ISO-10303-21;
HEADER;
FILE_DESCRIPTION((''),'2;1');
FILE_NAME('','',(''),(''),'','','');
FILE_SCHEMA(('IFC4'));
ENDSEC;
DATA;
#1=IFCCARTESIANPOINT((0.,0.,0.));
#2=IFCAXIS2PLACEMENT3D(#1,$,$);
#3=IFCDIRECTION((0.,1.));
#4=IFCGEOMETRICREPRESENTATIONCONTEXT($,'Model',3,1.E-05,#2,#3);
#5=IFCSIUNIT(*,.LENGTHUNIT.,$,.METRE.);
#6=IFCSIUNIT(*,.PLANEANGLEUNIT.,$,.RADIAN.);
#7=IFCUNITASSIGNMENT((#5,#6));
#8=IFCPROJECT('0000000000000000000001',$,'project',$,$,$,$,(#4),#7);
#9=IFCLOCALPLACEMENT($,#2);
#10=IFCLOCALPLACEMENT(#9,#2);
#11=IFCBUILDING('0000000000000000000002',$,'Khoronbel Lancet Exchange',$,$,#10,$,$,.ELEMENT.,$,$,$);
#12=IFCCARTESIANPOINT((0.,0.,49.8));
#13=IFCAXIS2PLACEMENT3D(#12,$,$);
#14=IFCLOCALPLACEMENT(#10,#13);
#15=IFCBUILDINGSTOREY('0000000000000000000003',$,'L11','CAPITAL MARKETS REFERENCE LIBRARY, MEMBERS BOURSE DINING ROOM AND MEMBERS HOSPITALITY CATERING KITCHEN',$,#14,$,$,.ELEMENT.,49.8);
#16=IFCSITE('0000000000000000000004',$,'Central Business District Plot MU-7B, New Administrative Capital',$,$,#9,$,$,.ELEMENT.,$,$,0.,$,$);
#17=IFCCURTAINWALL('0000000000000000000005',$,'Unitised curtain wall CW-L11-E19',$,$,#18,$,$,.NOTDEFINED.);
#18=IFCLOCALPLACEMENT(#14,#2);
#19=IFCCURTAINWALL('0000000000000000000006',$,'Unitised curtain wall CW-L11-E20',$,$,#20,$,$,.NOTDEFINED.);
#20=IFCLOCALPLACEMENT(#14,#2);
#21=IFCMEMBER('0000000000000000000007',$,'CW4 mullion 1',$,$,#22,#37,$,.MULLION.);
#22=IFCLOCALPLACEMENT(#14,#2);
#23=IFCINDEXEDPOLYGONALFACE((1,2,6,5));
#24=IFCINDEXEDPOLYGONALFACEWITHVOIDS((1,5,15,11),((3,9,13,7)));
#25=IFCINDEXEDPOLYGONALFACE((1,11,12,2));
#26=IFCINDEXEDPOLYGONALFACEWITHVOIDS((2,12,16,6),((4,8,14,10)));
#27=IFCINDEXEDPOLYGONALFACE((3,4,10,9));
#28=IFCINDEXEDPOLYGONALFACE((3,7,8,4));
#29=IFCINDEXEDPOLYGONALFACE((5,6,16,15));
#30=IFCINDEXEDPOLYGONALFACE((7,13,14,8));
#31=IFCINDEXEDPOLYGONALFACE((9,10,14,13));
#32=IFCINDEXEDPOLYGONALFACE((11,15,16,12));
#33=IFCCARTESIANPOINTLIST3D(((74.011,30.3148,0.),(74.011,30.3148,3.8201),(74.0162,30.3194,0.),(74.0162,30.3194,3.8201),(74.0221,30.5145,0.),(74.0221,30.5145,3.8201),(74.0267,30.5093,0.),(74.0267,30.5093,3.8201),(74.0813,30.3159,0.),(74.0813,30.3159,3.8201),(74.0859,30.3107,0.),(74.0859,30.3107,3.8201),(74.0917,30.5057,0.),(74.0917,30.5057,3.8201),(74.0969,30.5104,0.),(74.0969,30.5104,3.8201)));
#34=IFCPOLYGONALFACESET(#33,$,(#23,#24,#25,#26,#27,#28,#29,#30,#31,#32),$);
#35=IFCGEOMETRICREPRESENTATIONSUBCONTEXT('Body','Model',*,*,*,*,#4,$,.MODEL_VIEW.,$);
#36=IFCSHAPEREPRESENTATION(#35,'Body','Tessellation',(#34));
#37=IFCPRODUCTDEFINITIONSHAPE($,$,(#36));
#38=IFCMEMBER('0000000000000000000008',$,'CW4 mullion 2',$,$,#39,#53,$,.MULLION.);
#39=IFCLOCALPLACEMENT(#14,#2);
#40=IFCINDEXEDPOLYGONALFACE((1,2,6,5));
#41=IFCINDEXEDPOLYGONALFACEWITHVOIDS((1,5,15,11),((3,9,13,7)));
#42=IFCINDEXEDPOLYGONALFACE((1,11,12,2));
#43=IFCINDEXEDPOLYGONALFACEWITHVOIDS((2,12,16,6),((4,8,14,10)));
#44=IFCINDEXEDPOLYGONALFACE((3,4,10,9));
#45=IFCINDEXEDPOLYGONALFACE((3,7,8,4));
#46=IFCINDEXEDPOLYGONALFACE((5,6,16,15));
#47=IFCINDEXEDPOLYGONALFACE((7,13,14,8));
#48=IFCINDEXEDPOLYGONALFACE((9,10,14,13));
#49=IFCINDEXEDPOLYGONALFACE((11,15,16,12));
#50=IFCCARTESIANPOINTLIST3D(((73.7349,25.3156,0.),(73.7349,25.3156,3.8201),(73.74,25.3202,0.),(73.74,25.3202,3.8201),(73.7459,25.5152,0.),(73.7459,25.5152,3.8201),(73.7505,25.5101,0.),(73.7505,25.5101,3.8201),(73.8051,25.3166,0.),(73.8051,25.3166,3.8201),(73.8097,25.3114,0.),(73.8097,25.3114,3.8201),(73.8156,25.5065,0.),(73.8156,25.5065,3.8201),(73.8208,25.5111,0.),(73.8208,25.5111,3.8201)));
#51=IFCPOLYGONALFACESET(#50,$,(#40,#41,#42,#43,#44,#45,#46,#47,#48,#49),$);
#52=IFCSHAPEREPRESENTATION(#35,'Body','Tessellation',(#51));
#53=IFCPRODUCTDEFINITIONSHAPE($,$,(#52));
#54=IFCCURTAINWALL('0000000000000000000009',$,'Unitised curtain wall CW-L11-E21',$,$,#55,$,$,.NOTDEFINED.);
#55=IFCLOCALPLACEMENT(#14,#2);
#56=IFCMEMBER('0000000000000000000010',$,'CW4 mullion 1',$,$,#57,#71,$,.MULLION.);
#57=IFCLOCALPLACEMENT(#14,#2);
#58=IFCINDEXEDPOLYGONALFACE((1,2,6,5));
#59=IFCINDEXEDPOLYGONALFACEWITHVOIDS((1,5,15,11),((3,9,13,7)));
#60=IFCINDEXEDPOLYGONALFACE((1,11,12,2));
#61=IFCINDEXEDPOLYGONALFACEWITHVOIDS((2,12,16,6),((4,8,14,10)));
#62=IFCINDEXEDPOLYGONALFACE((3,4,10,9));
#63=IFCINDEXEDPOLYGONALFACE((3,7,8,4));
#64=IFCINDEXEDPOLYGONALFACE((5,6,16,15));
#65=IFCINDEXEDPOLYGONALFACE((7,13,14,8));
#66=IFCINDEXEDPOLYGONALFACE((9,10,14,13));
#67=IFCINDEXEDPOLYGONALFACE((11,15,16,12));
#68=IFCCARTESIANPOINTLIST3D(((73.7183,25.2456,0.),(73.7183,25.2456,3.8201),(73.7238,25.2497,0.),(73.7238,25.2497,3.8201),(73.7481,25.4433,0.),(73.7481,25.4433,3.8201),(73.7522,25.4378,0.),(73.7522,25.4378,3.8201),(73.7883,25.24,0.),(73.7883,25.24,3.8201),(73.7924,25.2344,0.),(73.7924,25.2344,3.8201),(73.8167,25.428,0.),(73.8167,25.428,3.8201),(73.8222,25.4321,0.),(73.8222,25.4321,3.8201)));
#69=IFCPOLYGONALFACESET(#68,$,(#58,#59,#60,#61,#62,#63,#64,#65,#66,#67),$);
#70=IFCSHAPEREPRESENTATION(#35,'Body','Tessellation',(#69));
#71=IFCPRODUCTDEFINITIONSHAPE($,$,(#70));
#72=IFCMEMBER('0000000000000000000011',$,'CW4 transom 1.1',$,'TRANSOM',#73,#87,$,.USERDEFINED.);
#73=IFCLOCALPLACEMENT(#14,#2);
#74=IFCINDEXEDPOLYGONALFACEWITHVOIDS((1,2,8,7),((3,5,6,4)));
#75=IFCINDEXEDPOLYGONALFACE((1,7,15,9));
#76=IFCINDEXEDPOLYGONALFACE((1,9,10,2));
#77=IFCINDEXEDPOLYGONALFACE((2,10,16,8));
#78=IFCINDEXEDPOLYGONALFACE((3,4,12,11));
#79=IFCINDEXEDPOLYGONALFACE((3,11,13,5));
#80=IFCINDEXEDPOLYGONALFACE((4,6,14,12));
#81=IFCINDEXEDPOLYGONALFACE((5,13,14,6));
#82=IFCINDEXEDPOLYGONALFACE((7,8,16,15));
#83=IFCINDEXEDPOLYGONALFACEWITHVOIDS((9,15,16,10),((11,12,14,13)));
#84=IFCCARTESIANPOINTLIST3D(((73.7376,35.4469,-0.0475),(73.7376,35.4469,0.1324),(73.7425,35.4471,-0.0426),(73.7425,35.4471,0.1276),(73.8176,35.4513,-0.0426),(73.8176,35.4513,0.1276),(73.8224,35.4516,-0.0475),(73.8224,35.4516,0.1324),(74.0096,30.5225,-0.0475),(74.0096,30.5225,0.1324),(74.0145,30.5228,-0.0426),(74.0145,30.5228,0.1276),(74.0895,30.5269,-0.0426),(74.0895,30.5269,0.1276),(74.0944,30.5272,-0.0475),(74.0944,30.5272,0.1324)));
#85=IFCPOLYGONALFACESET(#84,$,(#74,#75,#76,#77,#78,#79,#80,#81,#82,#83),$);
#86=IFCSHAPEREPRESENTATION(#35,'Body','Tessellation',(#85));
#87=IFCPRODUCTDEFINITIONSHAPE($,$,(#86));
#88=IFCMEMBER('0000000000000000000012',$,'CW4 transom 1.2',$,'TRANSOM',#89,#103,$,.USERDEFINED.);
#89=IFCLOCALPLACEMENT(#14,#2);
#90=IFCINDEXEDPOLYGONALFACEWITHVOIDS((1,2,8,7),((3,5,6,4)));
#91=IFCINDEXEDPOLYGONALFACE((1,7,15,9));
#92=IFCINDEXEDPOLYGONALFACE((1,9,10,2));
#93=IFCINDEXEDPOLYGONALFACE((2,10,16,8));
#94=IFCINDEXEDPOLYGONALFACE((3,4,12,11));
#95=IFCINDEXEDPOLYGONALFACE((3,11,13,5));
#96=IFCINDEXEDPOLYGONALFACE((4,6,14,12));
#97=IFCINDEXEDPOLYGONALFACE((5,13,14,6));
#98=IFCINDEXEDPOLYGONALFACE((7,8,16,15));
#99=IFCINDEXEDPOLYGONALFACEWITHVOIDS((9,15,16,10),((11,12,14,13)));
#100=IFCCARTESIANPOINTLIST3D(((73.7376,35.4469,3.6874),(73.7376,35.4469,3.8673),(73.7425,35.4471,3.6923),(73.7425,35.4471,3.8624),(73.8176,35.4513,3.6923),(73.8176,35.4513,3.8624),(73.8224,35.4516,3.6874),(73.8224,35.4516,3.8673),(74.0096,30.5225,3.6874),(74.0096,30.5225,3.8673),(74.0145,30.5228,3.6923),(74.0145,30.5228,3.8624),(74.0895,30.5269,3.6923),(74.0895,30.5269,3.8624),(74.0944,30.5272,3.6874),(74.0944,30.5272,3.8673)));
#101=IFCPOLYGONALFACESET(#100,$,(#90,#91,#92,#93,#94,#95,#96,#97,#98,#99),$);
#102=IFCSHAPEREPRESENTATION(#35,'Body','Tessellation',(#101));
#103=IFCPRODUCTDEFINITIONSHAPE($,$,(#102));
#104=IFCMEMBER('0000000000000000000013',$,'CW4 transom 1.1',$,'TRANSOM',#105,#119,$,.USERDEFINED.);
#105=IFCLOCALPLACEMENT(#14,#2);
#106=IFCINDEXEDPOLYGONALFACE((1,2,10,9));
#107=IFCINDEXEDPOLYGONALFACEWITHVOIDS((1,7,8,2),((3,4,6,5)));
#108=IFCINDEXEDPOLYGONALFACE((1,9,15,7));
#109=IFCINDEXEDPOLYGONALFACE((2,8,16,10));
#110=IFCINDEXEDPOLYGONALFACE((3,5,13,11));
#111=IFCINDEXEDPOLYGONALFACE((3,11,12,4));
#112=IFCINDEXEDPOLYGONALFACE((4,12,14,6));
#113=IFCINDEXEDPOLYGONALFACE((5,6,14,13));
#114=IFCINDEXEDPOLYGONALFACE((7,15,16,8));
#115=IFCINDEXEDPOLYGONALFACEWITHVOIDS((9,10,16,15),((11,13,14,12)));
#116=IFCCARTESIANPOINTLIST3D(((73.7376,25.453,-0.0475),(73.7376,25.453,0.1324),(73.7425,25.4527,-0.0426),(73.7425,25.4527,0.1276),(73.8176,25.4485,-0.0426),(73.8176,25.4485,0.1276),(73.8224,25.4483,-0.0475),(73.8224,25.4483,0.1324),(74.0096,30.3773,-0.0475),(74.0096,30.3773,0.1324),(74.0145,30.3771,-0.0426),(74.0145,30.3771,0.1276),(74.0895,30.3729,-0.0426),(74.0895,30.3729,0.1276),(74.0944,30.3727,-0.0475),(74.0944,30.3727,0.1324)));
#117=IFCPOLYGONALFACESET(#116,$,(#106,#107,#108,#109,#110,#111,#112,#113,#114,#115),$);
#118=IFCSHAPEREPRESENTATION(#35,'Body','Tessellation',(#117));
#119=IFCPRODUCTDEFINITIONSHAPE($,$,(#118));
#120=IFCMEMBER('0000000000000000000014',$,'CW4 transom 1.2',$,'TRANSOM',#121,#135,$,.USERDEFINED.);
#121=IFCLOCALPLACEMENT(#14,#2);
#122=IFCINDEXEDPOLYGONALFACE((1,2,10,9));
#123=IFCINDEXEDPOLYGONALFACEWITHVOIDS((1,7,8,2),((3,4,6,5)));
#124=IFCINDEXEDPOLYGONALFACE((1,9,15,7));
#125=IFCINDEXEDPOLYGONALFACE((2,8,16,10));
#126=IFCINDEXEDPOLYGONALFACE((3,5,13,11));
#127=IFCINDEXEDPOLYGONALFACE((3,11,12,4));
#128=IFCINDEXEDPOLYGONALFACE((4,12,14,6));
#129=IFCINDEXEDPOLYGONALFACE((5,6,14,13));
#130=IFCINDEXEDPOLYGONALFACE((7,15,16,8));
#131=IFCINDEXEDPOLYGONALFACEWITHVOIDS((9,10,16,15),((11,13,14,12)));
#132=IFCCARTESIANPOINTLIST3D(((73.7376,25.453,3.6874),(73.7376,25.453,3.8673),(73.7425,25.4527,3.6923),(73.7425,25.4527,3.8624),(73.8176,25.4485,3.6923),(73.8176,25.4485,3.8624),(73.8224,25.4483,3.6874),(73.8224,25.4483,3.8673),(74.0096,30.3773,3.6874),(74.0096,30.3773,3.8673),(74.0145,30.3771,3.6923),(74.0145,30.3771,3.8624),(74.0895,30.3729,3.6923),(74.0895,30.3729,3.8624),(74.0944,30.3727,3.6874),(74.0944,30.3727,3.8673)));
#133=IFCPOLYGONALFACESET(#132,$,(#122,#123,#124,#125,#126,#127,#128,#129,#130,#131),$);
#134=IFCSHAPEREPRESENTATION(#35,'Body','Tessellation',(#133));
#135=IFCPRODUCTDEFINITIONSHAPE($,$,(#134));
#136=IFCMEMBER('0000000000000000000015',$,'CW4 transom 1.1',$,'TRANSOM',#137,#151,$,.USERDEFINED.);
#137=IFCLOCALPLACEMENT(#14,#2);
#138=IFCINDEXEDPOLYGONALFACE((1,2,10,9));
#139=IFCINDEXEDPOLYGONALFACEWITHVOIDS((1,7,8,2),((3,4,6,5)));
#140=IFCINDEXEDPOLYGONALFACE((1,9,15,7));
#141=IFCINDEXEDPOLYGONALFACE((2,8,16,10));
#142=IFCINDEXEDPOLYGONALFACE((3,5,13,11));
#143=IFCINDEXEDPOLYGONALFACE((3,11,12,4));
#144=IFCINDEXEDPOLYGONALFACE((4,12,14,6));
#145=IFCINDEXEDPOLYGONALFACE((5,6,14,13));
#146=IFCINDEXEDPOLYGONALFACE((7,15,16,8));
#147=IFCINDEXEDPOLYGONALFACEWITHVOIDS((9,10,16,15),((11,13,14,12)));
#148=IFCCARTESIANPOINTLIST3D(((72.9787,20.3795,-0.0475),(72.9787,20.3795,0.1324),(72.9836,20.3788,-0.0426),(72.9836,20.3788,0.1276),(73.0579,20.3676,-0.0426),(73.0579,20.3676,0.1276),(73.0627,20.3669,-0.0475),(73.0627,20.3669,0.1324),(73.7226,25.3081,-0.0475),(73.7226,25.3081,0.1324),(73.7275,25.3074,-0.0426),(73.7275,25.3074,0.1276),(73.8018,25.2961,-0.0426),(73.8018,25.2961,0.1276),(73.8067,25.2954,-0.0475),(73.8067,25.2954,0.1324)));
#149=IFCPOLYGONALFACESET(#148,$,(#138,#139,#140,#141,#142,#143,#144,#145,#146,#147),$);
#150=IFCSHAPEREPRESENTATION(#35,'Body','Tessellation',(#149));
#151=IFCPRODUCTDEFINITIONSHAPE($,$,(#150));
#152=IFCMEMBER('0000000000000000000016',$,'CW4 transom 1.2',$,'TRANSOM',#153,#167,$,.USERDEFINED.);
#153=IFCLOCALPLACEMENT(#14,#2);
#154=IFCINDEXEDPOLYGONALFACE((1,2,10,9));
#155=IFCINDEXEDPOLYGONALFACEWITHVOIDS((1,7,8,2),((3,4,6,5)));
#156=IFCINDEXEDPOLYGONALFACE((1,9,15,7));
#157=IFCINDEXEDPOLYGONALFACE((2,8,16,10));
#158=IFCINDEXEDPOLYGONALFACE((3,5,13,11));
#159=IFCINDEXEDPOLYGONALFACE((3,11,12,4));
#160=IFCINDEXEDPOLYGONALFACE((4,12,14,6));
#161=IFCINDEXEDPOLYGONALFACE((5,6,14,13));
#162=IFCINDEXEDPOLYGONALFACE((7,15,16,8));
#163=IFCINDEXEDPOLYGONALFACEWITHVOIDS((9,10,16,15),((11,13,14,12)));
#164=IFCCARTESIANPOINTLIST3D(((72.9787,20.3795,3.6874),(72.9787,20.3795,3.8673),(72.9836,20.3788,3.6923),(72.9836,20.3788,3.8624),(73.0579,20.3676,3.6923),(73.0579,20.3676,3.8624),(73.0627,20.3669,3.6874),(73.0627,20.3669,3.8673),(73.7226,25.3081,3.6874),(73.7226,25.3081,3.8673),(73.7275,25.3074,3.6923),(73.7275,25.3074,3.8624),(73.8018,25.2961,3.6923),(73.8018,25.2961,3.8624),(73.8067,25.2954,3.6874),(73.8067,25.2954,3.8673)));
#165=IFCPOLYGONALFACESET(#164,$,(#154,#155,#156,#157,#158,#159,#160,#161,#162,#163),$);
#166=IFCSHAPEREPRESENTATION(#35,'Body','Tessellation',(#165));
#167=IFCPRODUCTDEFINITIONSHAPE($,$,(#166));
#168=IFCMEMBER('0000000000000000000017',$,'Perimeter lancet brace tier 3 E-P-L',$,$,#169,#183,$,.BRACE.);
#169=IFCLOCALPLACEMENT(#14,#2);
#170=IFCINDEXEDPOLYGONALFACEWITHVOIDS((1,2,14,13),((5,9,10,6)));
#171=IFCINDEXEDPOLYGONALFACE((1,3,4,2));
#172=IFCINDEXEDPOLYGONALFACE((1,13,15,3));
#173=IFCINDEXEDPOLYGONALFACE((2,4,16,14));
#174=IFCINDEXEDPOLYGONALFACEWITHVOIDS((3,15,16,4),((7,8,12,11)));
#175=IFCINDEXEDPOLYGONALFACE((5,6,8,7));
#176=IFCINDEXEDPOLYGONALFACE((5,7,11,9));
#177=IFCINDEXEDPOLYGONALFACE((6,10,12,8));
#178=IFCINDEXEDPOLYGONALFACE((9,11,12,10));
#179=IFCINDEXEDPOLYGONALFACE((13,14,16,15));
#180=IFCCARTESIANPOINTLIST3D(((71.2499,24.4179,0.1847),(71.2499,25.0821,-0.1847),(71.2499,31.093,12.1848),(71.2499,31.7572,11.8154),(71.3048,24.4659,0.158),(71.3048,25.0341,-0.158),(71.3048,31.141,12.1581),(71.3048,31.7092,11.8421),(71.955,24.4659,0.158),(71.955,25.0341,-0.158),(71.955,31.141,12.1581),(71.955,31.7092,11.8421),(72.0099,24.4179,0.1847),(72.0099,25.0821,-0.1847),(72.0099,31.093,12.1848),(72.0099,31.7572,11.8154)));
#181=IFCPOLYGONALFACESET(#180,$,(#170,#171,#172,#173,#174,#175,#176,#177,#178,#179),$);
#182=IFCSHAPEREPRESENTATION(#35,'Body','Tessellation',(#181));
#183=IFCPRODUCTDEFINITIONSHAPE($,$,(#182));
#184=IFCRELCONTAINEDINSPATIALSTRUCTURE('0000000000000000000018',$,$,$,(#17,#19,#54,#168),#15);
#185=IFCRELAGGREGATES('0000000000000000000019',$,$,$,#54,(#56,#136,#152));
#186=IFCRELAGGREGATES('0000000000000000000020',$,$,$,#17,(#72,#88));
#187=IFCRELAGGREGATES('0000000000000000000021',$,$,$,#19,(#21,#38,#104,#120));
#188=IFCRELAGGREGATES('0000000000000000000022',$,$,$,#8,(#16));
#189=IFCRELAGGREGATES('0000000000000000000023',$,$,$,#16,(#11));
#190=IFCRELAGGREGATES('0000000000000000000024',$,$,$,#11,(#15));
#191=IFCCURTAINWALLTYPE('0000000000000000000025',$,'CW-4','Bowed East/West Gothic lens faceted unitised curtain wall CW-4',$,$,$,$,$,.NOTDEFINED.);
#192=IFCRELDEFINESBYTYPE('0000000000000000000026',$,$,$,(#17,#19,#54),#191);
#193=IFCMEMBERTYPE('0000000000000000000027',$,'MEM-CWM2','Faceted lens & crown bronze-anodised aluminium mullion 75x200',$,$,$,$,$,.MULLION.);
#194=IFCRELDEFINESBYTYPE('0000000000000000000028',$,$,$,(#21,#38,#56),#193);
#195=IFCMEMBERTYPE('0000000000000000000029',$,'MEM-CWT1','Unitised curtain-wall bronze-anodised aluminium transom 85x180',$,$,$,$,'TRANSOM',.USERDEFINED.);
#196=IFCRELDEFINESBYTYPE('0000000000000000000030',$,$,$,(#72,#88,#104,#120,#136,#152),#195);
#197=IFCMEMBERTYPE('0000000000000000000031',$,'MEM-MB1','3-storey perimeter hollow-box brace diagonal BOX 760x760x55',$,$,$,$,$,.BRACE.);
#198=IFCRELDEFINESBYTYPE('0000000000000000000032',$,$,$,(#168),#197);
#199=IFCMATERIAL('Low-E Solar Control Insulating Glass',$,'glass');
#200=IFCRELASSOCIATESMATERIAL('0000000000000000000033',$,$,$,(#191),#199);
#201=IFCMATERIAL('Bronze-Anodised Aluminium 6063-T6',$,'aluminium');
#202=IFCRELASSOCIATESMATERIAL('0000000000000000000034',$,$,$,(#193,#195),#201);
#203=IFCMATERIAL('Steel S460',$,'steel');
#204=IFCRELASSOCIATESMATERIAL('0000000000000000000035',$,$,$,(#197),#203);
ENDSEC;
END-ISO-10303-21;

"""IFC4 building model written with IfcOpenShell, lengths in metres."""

from ifc_helpers import new_model, si_unit, direction, frame, origin, origin_2d, place, context, subcontext, project, spatial, hollow_rectangle, extrude, material, material_profile, profile_set, type_object, element, aggregate, save


model = new_model("IFC4")

# Units and contexts
model_context = context("Model", 3, precision=1e-05, world=origin(), true_north=direction((0.0, 1.0)))
body_context = subcontext(model_context, "Body", "Model", "MODEL_VIEW")
ifc_project = project(units=[si_unit("LENGTHUNIT", "METRE"), si_unit("PLANEANGLEUNIT", "RADIAN")], contexts=[model_context])

# Site, building, storey
site_placement = place(None, origin())
site = spatial("IfcSite", under=ifc_project, at=site_placement, Name="Central Business District Plot MU-7B, New Administrative Capital", CompositionType="ELEMENT", RefElevation=0.0)
building_placement = place(site_placement, origin())
building = spatial("IfcBuilding", under=site, at=building_placement, Name="Khoronbel Lancet Exchange", CompositionType="ELEMENT")
storey_placement = place(building_placement, frame((0.0, 0.0, 49.8)))
storey = spatial("IfcBuildingStorey", under=building, at=storey_placement, Name="L11", Description="CAPITAL MARKETS REFERENCE LIBRARY, MEMBERS BOURSE DINING ROOM AND MEMBERS HOSPITALITY CATERING KITCHEN", CompositionType="ELEMENT", Elevation=49.8)

# Shared definitions
ifc_material_1 = material(Name="Low-E Solar Control Insulating Glass", Category="glass")
curtain_wall_type = type_object("IfcCurtainWallType", Name="CW-4", Description="Bowed East/West Gothic lens faceted unitised curtain wall CW-4", PredefinedType="NOTDEFINED", material=ifc_material_1)
ifc_material_2 = material(Name="Bronze-Anodised Aluminium 6063-T6", Category="aluminium")
ifc_material_profile_1 = material_profile(ifc_material_2, hollow_rectangle(XDim=0.075, YDim=0.2, WallThickness=0.0049, at=origin_2d()), Name="ALU MULLION 75x200")
ifc_profile_set_1 = profile_set([ifc_material_profile_1], Name="Bronze-Anodised Aluminium 6063-T6")
member_type_1 = type_object("IfcMemberType", Name="MEM-CWM2", Description="Faceted lens & crown bronze-anodised aluminium mullion 75x200", PredefinedType="MULLION", material=ifc_profile_set_1)

# Curtain walls, members
curtain_wall_1_placement = place(storey_placement, origin())
curtain_wall_1 = element("IfcCurtainWall", 1, at=curtain_wall_1_placement, inside=storey, type_object=curtain_wall_type, Name="Unitised curtain wall CW-L11-E19", PredefinedType="NOTDEFINED")
curtain_wall_2_placement = place(storey_placement, origin())
curtain_wall_2 = element("IfcCurtainWall", 2, at=curtain_wall_2_placement, inside=storey, type_object=curtain_wall_type, Name="Unitised curtain wall CW-L11-E20", PredefinedType="NOTDEFINED")
member_1_placement = place(storey_placement, frame((74.054, 30.4126, 0.0), z_axis=(0.0, 0.0, 1.0), x_axis=(0.998478, -0.055157, 0.0)))
member_1 = element("IfcMember", 3, at=member_1_placement, type_object=member_type_1, Name="CW4 mullion 1", PredefinedType="MULLION", context=body_context, shape_type="SweptSolid", body=[
    extrude(hollow_rectangle(XDim=0.075, YDim=0.2, WallThickness=0.0049, at=origin_2d()), origin(), (0.0, 0.0, 1.0), 3.8201),
])
member_2_placement = place(storey_placement, frame((73.7778, 25.4133, 0.0), z_axis=(0.0, 0.0, 1.0), x_axis=(0.998478, -0.055157, 0.0)))
member_2 = element("IfcMember", 4, at=member_2_placement, type_object=member_type_1, Name="CW4 mullion 2", PredefinedType="MULLION", context=body_context, shape_type="SweptSolid", body=[
    extrude(hollow_rectangle(XDim=0.075, YDim=0.2, WallThickness=0.0049, at=origin_2d()), origin(), (0.0, 0.0, 1.0), 3.8201),
])

# Curtain wall, member
curtain_wall_3_placement = place(storey_placement, origin())
curtain_wall_3 = element("IfcCurtainWall", 5, at=curtain_wall_3_placement, inside=storey, type_object=curtain_wall_type, Name="Unitised curtain wall CW-L11-E21", PredefinedType="NOTDEFINED")
member_3_placement = place(storey_placement, frame((73.7703, 25.3389, 0.0), z_axis=(0.0, 0.0, 1.0), x_axis=(0.988799, -0.149251, 0.0)))
member_3 = element("IfcMember", 6, at=member_3_placement, type_object=member_type_1, Name="CW4 mullion 1", PredefinedType="MULLION", context=body_context, shape_type="SweptSolid", body=[
    extrude(hollow_rectangle(XDim=0.075, YDim=0.2, WallThickness=0.0049, at=origin_2d()), origin(), (0.0, 0.0, 1.0), 3.8201),
])

# Members
ifc_material_profile_2 = material_profile(ifc_material_2, hollow_rectangle(XDim=0.085, YDim=0.1799, WallThickness=0.0049, at=origin_2d()), Name="ALU TRANSOM 85x180")
ifc_profile_set_2 = profile_set([ifc_material_profile_2], Name="Bronze-Anodised Aluminium 6063-T6")
member_type_2 = type_object("IfcMemberType", Name="MEM-CWT1", Description="Unitised curtain-wall bronze-anodised aluminium transom 85x180", ElementType="TRANSOM", PredefinedType="USERDEFINED", material=ifc_profile_set_2)
member_4_placement = place(storey_placement, frame((73.78, 35.4492, 0.0425), z_axis=(0.055146, -0.998478, 0.0), x_axis=(0.998478, 0.055146, 0.0)))
member_4 = element("IfcMember", 7, at=member_4_placement, type_object=member_type_2, Name="CW4 transom 1.1", ObjectType="TRANSOM", PredefinedType="USERDEFINED", context=body_context, shape_type="SweptSolid", body=[
    extrude(hollow_rectangle(XDim=0.085, YDim=0.1799, WallThickness=0.0049, at=origin_2d()), origin(), (0.0, 0.0, 1.0), 4.9319),
])
member_5_placement = place(storey_placement, frame((73.78, 35.4492, 3.7773), z_axis=(0.055146, -0.998478, 0.0), x_axis=(0.998478, 0.055146, 0.0)))
member_5 = element("IfcMember", 8, at=member_5_placement, type_object=member_type_2, Name="CW4 transom 1.2", ObjectType="TRANSOM", PredefinedType="USERDEFINED", context=body_context, shape_type="SweptSolid", body=[
    extrude(hollow_rectangle(XDim=0.085, YDim=0.1799, WallThickness=0.0049, at=origin_2d()), origin(), (0.0, 0.0, 1.0), 4.9319),
])
member_6_placement = place(storey_placement, frame((74.052, 30.375, 0.0425), z_axis=(-0.055146, -0.998478, 0.0), x_axis=(0.998478, -0.055146, 0.0)))
member_6 = element("IfcMember", 9, at=member_6_placement, type_object=member_type_2, Name="CW4 transom 1.1", ObjectType="TRANSOM", PredefinedType="USERDEFINED", context=body_context, shape_type="SweptSolid", body=[
    extrude(hollow_rectangle(XDim=0.085, YDim=0.1799, WallThickness=0.0049, at=origin_2d()), origin(), (0.0, 0.0, 1.0), 4.9319),
])
member_7_placement = place(storey_placement, frame((74.052, 30.375, 3.7773), z_axis=(-0.055146, -0.998478, 0.0), x_axis=(0.998478, -0.055146, 0.0)))
member_7 = element("IfcMember", 10, at=member_7_placement, type_object=member_type_2, Name="CW4 transom 1.2", ObjectType="TRANSOM", PredefinedType="USERDEFINED", context=body_context, shape_type="SweptSolid", body=[
    extrude(hollow_rectangle(XDim=0.085, YDim=0.1799, WallThickness=0.0049, at=origin_2d()), origin(), (0.0, 0.0, 1.0), 4.9319),
])
member_8_placement = place(storey_placement, frame((73.7646, 25.3018, 0.0425), z_axis=(-0.149248, -0.9888, 0.0), x_axis=(0.9888, -0.149248, 0.0)))
member_8 = element("IfcMember", 11, at=member_8_placement, type_object=member_type_2, Name="CW4 transom 1.1", ObjectType="TRANSOM", PredefinedType="USERDEFINED", context=body_context, shape_type="SweptSolid", body=[
    extrude(hollow_rectangle(XDim=0.085, YDim=0.1799, WallThickness=0.0049, at=origin_2d()), origin(), (0.0, 0.0, 1.0), 4.9844),
])
member_9_placement = place(storey_placement, frame((73.7646, 25.3018, 3.7773), z_axis=(-0.149248, -0.9888, 0.0), x_axis=(0.9888, -0.149248, 0.0)))
member_9 = element("IfcMember", 12, at=member_9_placement, type_object=member_type_2, Name="CW4 transom 1.2", ObjectType="TRANSOM", PredefinedType="USERDEFINED", context=body_context, shape_type="SweptSolid", body=[
    extrude(hollow_rectangle(XDim=0.085, YDim=0.1799, WallThickness=0.0049, at=origin_2d()), origin(), (0.0, 0.0, 1.0), 4.9844),
])
aggregate(curtain_wall_3, [member_3, member_8, member_9])
ifc_material_3 = material(Name="Steel S460", Category="steel")
ifc_material_profile_3 = material_profile(ifc_material_3, hollow_rectangle(XDim=0.76, YDim=0.76, WallThickness=0.0549, at=origin_2d()), Name="BOX 760x760x55")
ifc_profile_set_3 = profile_set([ifc_material_profile_3], Name="Steel S460")
member_type_3 = type_object("IfcMemberType", Name="MEM-MB1", Description="3-storey perimeter hollow-box brace diagonal BOX 760x760x55", PredefinedType="BRACE", material=ifc_profile_set_3)
member_10_placement = place(storey_placement, frame((71.6299, 24.75, 0.0), z_axis=(0.0, 0.486109, 0.873898), x_axis=(-1.0, 0.0, 0.0)))
element("IfcMember", 13, at=member_10_placement, inside=storey, type_object=member_type_3, Name="Perimeter lancet brace tier 3 E-P-L", PredefinedType="BRACE", context=body_context, shape_type="SweptSolid", body=[
    extrude(hollow_rectangle(XDim=0.76, YDim=0.76, WallThickness=0.0549, at=origin_2d()), origin(), (0.0, 0.0, 1.0), 13.7317),
])

aggregate(curtain_wall_1, [member_4, member_5])
aggregate(curtain_wall_2, [member_1, member_2, member_6, member_7])

save(model, "model.ifc")
